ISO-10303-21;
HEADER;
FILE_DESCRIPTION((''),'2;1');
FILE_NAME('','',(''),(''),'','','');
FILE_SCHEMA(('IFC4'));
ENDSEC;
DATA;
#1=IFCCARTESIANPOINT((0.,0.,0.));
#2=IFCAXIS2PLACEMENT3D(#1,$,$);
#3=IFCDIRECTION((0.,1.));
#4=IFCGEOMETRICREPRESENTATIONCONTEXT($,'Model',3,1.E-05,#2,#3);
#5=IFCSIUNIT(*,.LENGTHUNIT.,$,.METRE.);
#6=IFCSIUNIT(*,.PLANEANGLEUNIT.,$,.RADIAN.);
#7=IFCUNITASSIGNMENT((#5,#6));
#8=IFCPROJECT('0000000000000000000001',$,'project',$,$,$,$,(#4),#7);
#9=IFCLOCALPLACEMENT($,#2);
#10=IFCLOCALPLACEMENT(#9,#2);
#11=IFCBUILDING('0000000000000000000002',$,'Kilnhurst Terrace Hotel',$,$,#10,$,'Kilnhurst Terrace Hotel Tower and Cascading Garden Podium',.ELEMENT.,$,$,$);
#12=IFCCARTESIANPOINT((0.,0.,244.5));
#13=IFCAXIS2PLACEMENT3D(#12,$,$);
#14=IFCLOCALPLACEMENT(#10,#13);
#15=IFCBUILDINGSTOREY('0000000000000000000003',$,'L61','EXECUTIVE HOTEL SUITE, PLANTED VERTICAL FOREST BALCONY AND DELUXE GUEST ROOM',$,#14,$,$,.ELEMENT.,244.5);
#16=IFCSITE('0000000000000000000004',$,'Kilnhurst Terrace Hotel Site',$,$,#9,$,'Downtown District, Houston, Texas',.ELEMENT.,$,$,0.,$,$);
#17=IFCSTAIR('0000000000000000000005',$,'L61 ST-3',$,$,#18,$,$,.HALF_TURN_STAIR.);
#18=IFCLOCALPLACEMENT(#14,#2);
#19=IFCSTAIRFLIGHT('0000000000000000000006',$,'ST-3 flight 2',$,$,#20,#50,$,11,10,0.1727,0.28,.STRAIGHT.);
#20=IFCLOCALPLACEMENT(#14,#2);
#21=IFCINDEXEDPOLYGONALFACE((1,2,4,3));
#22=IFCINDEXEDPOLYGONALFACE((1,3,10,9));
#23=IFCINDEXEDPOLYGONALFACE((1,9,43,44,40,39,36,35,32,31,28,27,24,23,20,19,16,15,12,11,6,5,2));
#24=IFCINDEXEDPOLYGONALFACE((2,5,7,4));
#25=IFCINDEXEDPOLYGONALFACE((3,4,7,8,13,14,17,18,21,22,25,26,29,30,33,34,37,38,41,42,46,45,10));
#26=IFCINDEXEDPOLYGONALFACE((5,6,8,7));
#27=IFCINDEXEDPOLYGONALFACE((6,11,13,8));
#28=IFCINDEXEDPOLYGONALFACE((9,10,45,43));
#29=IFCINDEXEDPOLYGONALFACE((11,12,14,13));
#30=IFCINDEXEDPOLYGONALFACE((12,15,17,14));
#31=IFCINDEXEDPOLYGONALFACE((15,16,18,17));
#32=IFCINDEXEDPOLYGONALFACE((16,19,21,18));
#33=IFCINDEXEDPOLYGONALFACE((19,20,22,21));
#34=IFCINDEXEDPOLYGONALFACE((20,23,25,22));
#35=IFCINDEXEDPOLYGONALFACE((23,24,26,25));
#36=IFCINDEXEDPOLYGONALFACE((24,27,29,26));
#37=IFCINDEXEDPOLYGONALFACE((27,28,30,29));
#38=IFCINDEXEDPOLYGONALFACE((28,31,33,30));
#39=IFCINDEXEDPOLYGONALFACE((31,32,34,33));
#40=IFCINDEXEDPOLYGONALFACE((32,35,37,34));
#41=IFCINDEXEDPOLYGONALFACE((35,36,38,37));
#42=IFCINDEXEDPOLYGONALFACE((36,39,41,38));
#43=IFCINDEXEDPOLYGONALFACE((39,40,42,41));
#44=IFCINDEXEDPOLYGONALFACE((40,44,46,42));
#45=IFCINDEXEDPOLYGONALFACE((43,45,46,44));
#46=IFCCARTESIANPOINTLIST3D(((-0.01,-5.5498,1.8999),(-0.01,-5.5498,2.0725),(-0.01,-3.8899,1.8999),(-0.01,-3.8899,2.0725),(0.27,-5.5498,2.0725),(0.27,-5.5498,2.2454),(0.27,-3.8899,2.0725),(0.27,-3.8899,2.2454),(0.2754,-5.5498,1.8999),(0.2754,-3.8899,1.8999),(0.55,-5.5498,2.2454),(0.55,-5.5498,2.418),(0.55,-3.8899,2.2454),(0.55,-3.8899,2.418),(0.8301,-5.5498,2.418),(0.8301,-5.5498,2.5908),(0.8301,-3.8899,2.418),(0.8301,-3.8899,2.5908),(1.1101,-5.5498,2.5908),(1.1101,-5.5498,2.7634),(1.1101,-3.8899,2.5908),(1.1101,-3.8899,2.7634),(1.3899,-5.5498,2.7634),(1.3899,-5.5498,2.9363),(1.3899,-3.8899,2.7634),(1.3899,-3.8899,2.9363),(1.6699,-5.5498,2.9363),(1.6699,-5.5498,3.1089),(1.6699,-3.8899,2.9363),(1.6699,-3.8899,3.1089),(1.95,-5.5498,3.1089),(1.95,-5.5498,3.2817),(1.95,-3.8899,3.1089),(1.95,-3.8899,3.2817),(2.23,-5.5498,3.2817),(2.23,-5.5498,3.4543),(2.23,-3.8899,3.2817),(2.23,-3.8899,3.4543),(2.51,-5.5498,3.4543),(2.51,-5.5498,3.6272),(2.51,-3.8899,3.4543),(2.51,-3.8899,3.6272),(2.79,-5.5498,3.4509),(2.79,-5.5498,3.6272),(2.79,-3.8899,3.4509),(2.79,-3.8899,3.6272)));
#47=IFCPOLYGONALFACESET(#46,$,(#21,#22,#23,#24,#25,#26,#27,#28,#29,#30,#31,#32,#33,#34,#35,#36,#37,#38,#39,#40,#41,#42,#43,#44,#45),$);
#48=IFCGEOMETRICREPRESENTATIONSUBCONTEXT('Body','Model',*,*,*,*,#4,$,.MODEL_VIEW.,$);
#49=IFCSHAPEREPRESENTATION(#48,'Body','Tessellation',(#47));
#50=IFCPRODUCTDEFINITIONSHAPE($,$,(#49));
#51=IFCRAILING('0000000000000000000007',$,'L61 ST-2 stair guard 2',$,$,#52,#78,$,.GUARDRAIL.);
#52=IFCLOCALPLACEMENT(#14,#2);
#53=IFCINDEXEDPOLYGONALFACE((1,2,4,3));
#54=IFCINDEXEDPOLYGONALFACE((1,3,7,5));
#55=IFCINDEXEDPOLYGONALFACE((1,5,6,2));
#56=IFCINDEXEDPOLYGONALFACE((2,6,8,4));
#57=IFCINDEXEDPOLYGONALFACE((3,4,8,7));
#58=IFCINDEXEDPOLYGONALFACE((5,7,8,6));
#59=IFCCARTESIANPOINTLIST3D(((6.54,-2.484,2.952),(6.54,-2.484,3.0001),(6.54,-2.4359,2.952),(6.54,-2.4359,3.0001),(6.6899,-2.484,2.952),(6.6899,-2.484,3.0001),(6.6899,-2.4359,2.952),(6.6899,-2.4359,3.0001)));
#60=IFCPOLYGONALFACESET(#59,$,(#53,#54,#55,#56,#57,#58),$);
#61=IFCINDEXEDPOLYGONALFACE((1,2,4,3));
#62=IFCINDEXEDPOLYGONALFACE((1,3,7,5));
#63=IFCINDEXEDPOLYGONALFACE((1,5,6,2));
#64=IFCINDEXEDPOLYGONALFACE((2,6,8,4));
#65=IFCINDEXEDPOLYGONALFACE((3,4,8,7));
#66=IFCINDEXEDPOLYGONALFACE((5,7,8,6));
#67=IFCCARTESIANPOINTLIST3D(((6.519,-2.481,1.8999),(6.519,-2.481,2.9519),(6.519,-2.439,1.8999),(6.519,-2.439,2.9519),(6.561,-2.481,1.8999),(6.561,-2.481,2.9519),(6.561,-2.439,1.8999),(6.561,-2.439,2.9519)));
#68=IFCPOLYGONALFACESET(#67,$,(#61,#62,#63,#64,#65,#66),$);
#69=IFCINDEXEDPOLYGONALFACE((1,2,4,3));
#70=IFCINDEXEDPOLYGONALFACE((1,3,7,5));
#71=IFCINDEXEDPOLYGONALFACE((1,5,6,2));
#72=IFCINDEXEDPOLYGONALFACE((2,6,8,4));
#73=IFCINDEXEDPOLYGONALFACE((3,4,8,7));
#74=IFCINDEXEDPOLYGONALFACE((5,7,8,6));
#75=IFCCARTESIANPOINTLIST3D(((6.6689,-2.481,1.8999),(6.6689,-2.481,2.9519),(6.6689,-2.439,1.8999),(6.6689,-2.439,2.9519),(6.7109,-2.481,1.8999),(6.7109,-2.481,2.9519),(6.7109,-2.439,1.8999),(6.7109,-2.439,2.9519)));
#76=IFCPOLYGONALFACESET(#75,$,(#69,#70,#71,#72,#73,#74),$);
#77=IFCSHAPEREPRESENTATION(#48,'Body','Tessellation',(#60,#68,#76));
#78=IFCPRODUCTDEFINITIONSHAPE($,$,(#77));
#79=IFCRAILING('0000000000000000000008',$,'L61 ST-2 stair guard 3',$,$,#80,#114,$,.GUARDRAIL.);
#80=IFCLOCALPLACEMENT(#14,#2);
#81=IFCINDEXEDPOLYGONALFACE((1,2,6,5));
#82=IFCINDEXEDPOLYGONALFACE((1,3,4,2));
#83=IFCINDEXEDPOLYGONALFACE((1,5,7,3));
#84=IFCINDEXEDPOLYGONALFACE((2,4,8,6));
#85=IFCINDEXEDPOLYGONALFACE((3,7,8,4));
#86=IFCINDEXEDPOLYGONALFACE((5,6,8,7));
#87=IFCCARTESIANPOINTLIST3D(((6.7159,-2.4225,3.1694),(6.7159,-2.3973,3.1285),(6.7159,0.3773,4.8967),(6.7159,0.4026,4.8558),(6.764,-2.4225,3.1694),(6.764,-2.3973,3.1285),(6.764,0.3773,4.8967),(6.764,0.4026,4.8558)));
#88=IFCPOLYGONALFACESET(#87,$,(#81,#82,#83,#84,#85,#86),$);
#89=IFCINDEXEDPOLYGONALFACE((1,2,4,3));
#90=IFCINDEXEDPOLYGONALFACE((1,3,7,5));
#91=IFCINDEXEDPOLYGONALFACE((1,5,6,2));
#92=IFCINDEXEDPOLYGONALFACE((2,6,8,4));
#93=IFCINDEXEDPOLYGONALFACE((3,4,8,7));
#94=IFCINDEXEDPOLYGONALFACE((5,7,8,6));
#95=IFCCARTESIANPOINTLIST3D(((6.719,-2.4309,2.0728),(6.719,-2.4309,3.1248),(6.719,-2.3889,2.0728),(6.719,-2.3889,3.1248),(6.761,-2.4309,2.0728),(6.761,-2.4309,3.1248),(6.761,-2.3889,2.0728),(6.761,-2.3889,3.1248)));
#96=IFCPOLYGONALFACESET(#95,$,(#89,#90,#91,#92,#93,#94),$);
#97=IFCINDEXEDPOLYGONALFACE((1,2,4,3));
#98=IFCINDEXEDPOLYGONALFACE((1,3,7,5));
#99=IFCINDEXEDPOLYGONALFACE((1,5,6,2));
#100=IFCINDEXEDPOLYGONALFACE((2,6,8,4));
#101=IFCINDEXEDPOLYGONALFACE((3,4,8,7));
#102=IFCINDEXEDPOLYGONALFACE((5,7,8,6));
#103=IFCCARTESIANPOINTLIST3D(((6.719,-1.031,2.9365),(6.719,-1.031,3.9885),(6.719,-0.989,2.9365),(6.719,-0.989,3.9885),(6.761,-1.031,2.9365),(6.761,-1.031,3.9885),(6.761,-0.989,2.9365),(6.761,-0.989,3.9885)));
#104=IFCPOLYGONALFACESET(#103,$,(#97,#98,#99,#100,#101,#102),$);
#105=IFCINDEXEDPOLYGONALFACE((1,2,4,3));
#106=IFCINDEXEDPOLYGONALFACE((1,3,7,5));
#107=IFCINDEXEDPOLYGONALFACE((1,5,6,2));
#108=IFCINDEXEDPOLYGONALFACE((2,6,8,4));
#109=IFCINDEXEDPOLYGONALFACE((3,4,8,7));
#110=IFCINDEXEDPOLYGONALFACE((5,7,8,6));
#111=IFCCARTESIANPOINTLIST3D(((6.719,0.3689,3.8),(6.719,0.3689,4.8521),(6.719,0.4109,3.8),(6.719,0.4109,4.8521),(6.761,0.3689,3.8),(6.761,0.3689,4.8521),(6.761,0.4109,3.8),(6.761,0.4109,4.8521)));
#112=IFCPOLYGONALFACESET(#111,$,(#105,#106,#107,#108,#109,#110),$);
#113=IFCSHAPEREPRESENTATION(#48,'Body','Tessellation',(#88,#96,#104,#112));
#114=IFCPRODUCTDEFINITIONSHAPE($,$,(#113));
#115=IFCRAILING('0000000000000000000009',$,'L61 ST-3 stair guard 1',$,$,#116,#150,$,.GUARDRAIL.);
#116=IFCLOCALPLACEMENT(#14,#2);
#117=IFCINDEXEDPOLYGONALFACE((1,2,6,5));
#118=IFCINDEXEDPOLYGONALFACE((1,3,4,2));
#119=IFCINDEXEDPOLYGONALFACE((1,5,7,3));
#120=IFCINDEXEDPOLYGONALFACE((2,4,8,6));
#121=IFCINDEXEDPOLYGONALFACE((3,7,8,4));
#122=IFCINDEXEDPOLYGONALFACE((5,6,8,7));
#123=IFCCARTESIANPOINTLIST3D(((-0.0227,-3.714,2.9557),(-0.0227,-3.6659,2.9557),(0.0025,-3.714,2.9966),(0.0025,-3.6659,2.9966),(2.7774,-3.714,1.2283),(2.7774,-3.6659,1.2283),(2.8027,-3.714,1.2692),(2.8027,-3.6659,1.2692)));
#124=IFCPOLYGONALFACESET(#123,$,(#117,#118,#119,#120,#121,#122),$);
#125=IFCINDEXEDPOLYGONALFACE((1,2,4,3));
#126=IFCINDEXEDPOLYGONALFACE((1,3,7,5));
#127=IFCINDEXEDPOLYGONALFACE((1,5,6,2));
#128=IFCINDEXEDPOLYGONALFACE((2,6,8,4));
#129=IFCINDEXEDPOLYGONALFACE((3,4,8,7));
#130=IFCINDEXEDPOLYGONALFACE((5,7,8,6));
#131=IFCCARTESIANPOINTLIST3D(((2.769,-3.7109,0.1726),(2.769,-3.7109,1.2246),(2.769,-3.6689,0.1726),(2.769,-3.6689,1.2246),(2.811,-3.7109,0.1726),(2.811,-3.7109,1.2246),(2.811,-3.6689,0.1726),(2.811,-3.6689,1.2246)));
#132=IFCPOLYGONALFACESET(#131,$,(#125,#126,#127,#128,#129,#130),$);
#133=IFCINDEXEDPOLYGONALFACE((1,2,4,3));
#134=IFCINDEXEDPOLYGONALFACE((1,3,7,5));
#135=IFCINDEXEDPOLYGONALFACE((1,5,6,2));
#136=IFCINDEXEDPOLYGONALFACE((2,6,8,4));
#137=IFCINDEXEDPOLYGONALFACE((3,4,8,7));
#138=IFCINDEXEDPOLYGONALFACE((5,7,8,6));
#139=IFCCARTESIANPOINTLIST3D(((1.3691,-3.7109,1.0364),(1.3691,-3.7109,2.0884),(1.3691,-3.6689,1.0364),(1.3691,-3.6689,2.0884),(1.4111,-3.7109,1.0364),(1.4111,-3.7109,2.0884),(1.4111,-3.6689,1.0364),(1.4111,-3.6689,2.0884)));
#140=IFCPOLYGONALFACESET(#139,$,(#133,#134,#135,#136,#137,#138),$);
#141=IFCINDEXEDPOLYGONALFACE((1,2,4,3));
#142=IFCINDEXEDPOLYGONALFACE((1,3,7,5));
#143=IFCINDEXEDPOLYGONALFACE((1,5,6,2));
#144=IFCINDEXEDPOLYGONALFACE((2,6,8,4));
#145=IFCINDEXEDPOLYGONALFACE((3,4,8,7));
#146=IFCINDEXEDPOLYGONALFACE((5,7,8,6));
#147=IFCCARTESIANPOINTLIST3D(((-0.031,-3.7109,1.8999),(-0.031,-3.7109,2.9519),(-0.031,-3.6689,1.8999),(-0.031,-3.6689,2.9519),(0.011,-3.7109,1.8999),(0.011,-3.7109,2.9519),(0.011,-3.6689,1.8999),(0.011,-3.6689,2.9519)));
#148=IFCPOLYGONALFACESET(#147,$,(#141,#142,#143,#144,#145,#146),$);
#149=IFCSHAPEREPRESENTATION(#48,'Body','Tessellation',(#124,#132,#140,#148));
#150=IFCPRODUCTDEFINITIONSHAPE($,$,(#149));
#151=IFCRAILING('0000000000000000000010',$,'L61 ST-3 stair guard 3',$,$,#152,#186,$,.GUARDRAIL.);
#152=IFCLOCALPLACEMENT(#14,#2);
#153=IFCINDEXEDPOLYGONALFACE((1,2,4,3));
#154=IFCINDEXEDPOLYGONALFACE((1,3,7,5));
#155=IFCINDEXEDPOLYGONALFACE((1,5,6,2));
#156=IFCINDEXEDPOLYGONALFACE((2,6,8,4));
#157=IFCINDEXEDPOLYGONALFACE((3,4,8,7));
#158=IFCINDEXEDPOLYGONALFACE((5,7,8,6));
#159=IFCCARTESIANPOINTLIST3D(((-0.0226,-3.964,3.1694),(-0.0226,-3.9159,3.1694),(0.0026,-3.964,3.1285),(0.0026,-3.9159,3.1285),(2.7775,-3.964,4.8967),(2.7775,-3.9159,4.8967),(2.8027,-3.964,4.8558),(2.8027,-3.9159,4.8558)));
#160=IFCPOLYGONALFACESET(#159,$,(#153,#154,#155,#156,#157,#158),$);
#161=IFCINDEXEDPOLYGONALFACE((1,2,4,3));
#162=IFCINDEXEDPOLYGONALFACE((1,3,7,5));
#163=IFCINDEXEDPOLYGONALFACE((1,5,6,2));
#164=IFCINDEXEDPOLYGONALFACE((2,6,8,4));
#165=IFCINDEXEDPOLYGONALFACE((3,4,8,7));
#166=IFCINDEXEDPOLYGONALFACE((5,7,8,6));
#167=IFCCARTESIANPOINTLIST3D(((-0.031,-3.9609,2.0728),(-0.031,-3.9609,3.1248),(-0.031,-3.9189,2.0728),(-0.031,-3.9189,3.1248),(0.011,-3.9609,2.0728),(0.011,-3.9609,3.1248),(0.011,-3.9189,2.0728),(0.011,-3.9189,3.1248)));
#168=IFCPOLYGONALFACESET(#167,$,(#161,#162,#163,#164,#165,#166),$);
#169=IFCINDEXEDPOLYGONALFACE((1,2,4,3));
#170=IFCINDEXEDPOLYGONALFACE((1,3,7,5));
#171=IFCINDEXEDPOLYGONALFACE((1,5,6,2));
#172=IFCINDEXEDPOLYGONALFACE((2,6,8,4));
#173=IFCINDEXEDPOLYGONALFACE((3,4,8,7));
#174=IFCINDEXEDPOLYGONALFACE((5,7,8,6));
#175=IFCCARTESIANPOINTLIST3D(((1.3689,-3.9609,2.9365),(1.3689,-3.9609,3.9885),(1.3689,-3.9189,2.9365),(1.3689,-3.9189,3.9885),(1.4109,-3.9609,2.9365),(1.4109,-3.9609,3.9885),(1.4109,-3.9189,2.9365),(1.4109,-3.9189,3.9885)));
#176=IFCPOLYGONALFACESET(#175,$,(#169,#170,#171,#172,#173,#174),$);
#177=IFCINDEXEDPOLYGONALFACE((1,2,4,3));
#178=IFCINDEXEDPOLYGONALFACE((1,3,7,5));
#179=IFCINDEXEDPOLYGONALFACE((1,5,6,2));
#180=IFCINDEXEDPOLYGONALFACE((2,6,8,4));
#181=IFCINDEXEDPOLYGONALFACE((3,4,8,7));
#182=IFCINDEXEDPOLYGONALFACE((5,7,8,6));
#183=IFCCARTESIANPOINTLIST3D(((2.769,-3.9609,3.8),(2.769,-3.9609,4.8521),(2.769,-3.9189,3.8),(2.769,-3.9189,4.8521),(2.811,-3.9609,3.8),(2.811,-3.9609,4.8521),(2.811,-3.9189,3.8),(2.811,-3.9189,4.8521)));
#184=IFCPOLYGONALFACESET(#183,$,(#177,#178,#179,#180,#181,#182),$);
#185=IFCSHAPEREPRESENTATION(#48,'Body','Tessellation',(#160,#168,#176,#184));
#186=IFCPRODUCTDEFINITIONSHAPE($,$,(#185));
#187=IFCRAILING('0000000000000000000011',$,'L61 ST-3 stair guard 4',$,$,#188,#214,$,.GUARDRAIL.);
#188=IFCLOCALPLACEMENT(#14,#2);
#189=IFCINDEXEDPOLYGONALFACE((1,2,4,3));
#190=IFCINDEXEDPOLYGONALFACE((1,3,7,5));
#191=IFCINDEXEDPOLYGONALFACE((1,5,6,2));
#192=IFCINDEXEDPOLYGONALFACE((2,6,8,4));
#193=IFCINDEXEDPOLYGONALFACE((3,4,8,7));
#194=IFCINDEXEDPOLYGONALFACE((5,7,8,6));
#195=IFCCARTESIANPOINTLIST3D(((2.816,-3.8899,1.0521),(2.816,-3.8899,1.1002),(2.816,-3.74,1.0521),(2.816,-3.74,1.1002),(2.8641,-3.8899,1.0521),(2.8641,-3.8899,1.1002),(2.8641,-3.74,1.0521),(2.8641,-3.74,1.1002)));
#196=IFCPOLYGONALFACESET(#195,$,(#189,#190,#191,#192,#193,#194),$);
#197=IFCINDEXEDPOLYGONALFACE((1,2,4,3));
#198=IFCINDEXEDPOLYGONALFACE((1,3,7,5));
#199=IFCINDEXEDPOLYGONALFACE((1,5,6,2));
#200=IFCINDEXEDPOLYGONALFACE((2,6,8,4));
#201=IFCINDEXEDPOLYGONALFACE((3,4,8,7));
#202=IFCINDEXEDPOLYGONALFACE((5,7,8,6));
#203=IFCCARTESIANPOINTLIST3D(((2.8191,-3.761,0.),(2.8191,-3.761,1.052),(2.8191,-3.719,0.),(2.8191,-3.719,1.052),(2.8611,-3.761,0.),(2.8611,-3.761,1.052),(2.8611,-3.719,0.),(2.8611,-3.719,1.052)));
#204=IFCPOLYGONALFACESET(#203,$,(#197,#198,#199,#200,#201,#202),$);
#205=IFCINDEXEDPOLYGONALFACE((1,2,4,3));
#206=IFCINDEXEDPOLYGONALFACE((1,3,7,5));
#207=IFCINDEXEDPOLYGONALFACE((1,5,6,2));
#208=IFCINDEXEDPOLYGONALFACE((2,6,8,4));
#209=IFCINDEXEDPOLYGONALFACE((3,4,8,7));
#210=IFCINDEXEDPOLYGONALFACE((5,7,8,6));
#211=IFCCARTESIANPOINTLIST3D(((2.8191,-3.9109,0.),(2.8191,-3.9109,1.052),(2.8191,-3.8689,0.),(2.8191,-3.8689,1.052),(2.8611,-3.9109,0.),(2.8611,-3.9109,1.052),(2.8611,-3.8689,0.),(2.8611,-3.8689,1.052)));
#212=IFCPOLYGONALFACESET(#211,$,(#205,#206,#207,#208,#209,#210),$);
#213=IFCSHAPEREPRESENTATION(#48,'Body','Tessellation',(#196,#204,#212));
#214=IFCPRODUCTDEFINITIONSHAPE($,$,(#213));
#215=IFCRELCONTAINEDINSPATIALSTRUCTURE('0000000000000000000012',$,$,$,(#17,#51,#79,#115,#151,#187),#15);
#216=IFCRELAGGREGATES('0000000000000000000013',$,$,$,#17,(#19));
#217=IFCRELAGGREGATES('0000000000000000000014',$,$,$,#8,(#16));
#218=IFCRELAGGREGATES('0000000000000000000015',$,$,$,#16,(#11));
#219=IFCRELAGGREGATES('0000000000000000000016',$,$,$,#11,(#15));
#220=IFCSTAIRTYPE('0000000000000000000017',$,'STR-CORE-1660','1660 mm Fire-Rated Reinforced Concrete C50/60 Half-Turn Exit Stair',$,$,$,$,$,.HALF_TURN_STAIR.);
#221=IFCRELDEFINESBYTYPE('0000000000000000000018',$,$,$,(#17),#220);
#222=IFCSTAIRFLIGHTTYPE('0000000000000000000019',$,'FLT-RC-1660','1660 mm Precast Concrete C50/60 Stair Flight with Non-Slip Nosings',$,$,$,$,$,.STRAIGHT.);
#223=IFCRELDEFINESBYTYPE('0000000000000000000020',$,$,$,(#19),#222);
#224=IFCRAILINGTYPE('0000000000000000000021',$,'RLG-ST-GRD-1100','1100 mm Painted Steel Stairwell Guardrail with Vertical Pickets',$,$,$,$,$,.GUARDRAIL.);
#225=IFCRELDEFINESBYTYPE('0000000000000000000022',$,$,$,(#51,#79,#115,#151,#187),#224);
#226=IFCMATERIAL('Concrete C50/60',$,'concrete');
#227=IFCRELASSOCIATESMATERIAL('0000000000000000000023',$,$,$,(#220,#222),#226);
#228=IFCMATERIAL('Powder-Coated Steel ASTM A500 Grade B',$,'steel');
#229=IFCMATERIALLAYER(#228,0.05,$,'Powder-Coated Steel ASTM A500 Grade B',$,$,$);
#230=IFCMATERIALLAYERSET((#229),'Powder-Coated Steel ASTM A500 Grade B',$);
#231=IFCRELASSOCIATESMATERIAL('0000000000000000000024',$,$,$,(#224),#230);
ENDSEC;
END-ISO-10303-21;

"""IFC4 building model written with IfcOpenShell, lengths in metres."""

from ifc_helpers import new_model, si_unit, direction, frame, origin, origin_2d, place, context, subcontext, project, spatial, polyline, rectangle, outline, extrude, material, layer, layer_set, type_object, element, aggregate, save


model = new_model("IFC4")

# Units and contexts
model_context = context("Model", 3, precision=1e-05, world=origin(), true_north=direction((0.0, 1.0)))
body_context = subcontext(model_context, "Body", "Model", "MODEL_VIEW")
ifc_project = project(units=[si_unit("LENGTHUNIT", "METRE"), si_unit("PLANEANGLEUNIT", "RADIAN")], contexts=[model_context])

# Site, building, storey
site_placement = place(None, origin())
site = spatial("IfcSite", under=ifc_project, at=site_placement, Name="Kilnhurst Terrace Hotel Site", LongName="Downtown District, Houston, Texas", CompositionType="ELEMENT", RefElevation=0.0)
building_placement = place(site_placement, origin())
building = spatial("IfcBuilding", under=site, at=building_placement, Name="Kilnhurst Terrace Hotel", LongName="Kilnhurst Terrace Hotel Tower and Cascading Garden Podium", CompositionType="ELEMENT")
storey_placement = place(building_placement, frame((0.0, 0.0, 244.5)))
storey = spatial("IfcBuildingStorey", under=building, at=storey_placement, Name="L61", Description="EXECUTIVE HOTEL SUITE, PLANTED VERTICAL FOREST BALCONY AND DELUXE GUEST ROOM", CompositionType="ELEMENT", Elevation=244.5)

# Shared definitions
ifc_material_1 = material(Name="Concrete C50/60", Category="concrete")

# Shared definitions
stair_type = type_object("IfcStairType", Name="STR-CORE-1660", Description="1660 mm Fire-Rated Reinforced Concrete C50/60 Half-Turn Exit Stair", PredefinedType="HALF_TURN_STAIR", material=ifc_material_1)
stair_flight_type = type_object("IfcStairFlightType", Name="FLT-RC-1660", Description="1660 mm Precast Concrete C50/60 Stair Flight with Non-Slip Nosings", PredefinedType="STRAIGHT", material=ifc_material_1)

# Stair, stair flight
stair_1_placement = place(storey_placement, origin())
stair_1 = element("IfcStair", 1, at=stair_1_placement, inside=storey, type_object=stair_type, Name="L61 ST-3", PredefinedType="HALF_TURN_STAIR")
stair_flight_1_placement = place(storey_placement, frame((-0.01, -4.72, 1.8999), z_axis=(0.0, 0.0, 1.0), x_axis=(1.0, 0.0, 0.0)))
stair_flight_1 = element("IfcStairFlight", 2, at=stair_flight_1_placement, type_object=stair_flight_type, Name="ST-3 flight 2", NumberOfRisers=11, NumberOfTreads=10, PredefinedType="STRAIGHT", RiserHeight=0.1727, TreadLength=0.28, context=body_context, shape_type="SweptSolid", body=[
    extrude(outline(polyline([(0.0, 0.0), (0.0, 0.1726), (0.28, 0.1726), (0.28, 0.3455), (0.5601, 0.3455), (0.5601, 0.5181), (0.8401, 0.5181), (0.8401, 0.6909), (1.1201, 0.6909), (1.1201, 0.8635), (1.3999, 0.8635), (1.3999, 1.0364), (1.6799, 1.0364), (1.6799, 1.209), (1.96, 1.209), (1.96, 1.3818), (2.24, 1.3818), (2.24, 1.5544), (2.52, 1.5544), (2.52, 1.7273), (2.8, 1.7273), (2.8, 1.8999), (2.8, 1.551), (0.2854, 0.0), (0.0, 0.0)])), frame((0.0, 0.8301, 0.0), z_axis=(0.0, -1.0, 0.0), x_axis=(1.0, 0.0, 0.0)), (0.0, 0.0, 1.0), 1.6599),
])
aggregate(stair_1, [stair_flight_1])

# Railings
ifc_material_2 = material(Name="Powder-Coated Steel ASTM A500 Grade B", Category="steel")
ifc_layer_1 = layer(ifc_material_2, 0.05, Name="Powder-Coated Steel ASTM A500 Grade B")
ifc_layer_set_1 = layer_set([ifc_layer_1], Name="Powder-Coated Steel ASTM A500 Grade B")
railing_type_1 = type_object("IfcRailingType", Name="RLG-ST-GRD-1100", Description="1100 mm Painted Steel Stairwell Guardrail with Vertical Pickets", PredefinedType="GUARDRAIL", material=ifc_layer_set_1)
railing_1_placement = place(storey_placement, frame((6.54, -2.46, 1.8999)))
element("IfcRailing", 3, at=railing_1_placement, inside=storey, type_object=railing_type_1, Name="L61 ST-2 stair guard 2", PredefinedType="GUARDRAIL", context=body_context, shape_type="SweptSolid", body=[
    extrude(rectangle(XDim=0.0481, YDim=0.0481, at=origin_2d()), frame((0.0, 0.0, 1.0762), z_axis=(1.0, 0.0, 0.0), x_axis=(0.0, 1.0, 0.0)), (0.0, 0.0, 1.0), 0.1499),
    extrude(rectangle(XDim=0.042, YDim=0.042, at=origin_2d()), origin(), (0.0, 0.0, 1.0), 1.052),
    extrude(rectangle(XDim=0.042, YDim=0.042, at=origin_2d()), frame((0.1499, 0.0, 0.0)), (0.0, 0.0, 1.0), 1.052),
])
railing_2_placement = place(storey_placement, frame((6.74, -2.4099, 2.0728)))
element("IfcRailing", 4, at=railing_2_placement, inside=storey, type_object=railing_type_1, Name="L61 ST-2 stair guard 3", PredefinedType="GUARDRAIL", context=body_context, shape_type="SweptSolid", body=[
    extrude(rectangle(XDim=0.0481, YDim=0.0481, at=origin_2d()), frame((0.0, 0.0, 1.0762), z_axis=(0.0, 0.851069, 0.525054), x_axis=(-1.0, 0.0, 0.0)), (0.0, 0.0, 1.0), 3.2898),
    extrude(rectangle(XDim=0.042, YDim=0.042, at=origin_2d()), origin(), (0.0, 0.0, 1.0), 1.052),
    extrude(rectangle(XDim=0.042, YDim=0.042, at=origin_2d()), frame((0.0, 1.3999, 0.8638)), (0.0, 0.0, 1.0), 1.052),
    extrude(rectangle(XDim=0.042, YDim=0.042, at=origin_2d()), frame((0.0, 2.7998, 1.7273)), (0.0, 0.0, 1.0), 1.052),
])
railing_3_placement = place(storey_placement, frame((2.79, -3.6899, 0.1726)))
element("IfcRailing", 5, at=railing_3_placement, inside=storey, type_object=railing_type_1, Name="L61 ST-3 stair guard 1", PredefinedType="GUARDRAIL", context=body_context, shape_type="SweptSolid", body=[
    extrude(rectangle(XDim=0.0481, YDim=0.0481, at=origin_2d()), frame((0.0, 0.0, 1.0762), z_axis=(-0.85109, 0.0, 0.52502), x_axis=(0.0, -1.0, 0.0)), (0.0, 0.0, 1.0), 3.29),
    extrude(rectangle(XDim=0.042, YDim=0.042, at=origin_2d()), origin(), (0.0, 0.0, 1.0), 1.052),
    extrude(rectangle(XDim=0.042, YDim=0.042, at=origin_2d()), frame((-1.3999, 0.0, 0.8638)), (0.0, 0.0, 1.0), 1.052),
    extrude(rectangle(XDim=0.042, YDim=0.042, at=origin_2d()), frame((-2.8, 0.0, 1.7273)), (0.0, 0.0, 1.0), 1.052),
])
railing_4_placement = place(storey_placement, frame((-0.01, -3.9399, 2.0728)))
element("IfcRailing", 6, at=railing_4_placement, inside=storey, type_object=railing_type_1, Name="L61 ST-3 stair guard 3", PredefinedType="GUARDRAIL", context=body_context, shape_type="SweptSolid", body=[
    extrude(rectangle(XDim=0.0481, YDim=0.0481, at=origin_2d()), frame((0.0, 0.0, 1.0762), z_axis=(0.85109, 0.0, 0.52502), x_axis=(0.0, 1.0, 0.0)), (0.0, 0.0, 1.0), 3.29),
    extrude(rectangle(XDim=0.042, YDim=0.042, at=origin_2d()), origin(), (0.0, 0.0, 1.0), 1.052),
    extrude(rectangle(XDim=0.042, YDim=0.042, at=origin_2d()), frame((1.3999, 0.0, 0.8638)), (0.0, 0.0, 1.0), 1.052),
    extrude(rectangle(XDim=0.042, YDim=0.042, at=origin_2d()), frame((2.8, 0.0, 1.7273)), (0.0, 0.0, 1.0), 1.052),
])
railing_5_placement = place(storey_placement, frame((2.8401, -3.74, 0.0)))
element("IfcRailing", 7, at=railing_5_placement, inside=storey, type_object=railing_type_1, Name="L61 ST-3 stair guard 4", PredefinedType="GUARDRAIL", context=body_context, shape_type="SweptSolid", body=[
    extrude(rectangle(XDim=0.0481, YDim=0.0481, at=origin_2d()), frame((0.0, 0.0, 1.0762), z_axis=(0.0, -1.0, 0.0), x_axis=(1.0, 0.0, 0.0)), (0.0, 0.0, 1.0), 0.1499),
    extrude(rectangle(XDim=0.042, YDim=0.042, at=origin_2d()), origin(), (0.0, 0.0, 1.0), 1.052),
    extrude(rectangle(XDim=0.042, YDim=0.042, at=origin_2d()), frame((0.0, -0.1499, 0.0)), (0.0, 0.0, 1.0), 1.052),
])

save(model, "model.ifc")
